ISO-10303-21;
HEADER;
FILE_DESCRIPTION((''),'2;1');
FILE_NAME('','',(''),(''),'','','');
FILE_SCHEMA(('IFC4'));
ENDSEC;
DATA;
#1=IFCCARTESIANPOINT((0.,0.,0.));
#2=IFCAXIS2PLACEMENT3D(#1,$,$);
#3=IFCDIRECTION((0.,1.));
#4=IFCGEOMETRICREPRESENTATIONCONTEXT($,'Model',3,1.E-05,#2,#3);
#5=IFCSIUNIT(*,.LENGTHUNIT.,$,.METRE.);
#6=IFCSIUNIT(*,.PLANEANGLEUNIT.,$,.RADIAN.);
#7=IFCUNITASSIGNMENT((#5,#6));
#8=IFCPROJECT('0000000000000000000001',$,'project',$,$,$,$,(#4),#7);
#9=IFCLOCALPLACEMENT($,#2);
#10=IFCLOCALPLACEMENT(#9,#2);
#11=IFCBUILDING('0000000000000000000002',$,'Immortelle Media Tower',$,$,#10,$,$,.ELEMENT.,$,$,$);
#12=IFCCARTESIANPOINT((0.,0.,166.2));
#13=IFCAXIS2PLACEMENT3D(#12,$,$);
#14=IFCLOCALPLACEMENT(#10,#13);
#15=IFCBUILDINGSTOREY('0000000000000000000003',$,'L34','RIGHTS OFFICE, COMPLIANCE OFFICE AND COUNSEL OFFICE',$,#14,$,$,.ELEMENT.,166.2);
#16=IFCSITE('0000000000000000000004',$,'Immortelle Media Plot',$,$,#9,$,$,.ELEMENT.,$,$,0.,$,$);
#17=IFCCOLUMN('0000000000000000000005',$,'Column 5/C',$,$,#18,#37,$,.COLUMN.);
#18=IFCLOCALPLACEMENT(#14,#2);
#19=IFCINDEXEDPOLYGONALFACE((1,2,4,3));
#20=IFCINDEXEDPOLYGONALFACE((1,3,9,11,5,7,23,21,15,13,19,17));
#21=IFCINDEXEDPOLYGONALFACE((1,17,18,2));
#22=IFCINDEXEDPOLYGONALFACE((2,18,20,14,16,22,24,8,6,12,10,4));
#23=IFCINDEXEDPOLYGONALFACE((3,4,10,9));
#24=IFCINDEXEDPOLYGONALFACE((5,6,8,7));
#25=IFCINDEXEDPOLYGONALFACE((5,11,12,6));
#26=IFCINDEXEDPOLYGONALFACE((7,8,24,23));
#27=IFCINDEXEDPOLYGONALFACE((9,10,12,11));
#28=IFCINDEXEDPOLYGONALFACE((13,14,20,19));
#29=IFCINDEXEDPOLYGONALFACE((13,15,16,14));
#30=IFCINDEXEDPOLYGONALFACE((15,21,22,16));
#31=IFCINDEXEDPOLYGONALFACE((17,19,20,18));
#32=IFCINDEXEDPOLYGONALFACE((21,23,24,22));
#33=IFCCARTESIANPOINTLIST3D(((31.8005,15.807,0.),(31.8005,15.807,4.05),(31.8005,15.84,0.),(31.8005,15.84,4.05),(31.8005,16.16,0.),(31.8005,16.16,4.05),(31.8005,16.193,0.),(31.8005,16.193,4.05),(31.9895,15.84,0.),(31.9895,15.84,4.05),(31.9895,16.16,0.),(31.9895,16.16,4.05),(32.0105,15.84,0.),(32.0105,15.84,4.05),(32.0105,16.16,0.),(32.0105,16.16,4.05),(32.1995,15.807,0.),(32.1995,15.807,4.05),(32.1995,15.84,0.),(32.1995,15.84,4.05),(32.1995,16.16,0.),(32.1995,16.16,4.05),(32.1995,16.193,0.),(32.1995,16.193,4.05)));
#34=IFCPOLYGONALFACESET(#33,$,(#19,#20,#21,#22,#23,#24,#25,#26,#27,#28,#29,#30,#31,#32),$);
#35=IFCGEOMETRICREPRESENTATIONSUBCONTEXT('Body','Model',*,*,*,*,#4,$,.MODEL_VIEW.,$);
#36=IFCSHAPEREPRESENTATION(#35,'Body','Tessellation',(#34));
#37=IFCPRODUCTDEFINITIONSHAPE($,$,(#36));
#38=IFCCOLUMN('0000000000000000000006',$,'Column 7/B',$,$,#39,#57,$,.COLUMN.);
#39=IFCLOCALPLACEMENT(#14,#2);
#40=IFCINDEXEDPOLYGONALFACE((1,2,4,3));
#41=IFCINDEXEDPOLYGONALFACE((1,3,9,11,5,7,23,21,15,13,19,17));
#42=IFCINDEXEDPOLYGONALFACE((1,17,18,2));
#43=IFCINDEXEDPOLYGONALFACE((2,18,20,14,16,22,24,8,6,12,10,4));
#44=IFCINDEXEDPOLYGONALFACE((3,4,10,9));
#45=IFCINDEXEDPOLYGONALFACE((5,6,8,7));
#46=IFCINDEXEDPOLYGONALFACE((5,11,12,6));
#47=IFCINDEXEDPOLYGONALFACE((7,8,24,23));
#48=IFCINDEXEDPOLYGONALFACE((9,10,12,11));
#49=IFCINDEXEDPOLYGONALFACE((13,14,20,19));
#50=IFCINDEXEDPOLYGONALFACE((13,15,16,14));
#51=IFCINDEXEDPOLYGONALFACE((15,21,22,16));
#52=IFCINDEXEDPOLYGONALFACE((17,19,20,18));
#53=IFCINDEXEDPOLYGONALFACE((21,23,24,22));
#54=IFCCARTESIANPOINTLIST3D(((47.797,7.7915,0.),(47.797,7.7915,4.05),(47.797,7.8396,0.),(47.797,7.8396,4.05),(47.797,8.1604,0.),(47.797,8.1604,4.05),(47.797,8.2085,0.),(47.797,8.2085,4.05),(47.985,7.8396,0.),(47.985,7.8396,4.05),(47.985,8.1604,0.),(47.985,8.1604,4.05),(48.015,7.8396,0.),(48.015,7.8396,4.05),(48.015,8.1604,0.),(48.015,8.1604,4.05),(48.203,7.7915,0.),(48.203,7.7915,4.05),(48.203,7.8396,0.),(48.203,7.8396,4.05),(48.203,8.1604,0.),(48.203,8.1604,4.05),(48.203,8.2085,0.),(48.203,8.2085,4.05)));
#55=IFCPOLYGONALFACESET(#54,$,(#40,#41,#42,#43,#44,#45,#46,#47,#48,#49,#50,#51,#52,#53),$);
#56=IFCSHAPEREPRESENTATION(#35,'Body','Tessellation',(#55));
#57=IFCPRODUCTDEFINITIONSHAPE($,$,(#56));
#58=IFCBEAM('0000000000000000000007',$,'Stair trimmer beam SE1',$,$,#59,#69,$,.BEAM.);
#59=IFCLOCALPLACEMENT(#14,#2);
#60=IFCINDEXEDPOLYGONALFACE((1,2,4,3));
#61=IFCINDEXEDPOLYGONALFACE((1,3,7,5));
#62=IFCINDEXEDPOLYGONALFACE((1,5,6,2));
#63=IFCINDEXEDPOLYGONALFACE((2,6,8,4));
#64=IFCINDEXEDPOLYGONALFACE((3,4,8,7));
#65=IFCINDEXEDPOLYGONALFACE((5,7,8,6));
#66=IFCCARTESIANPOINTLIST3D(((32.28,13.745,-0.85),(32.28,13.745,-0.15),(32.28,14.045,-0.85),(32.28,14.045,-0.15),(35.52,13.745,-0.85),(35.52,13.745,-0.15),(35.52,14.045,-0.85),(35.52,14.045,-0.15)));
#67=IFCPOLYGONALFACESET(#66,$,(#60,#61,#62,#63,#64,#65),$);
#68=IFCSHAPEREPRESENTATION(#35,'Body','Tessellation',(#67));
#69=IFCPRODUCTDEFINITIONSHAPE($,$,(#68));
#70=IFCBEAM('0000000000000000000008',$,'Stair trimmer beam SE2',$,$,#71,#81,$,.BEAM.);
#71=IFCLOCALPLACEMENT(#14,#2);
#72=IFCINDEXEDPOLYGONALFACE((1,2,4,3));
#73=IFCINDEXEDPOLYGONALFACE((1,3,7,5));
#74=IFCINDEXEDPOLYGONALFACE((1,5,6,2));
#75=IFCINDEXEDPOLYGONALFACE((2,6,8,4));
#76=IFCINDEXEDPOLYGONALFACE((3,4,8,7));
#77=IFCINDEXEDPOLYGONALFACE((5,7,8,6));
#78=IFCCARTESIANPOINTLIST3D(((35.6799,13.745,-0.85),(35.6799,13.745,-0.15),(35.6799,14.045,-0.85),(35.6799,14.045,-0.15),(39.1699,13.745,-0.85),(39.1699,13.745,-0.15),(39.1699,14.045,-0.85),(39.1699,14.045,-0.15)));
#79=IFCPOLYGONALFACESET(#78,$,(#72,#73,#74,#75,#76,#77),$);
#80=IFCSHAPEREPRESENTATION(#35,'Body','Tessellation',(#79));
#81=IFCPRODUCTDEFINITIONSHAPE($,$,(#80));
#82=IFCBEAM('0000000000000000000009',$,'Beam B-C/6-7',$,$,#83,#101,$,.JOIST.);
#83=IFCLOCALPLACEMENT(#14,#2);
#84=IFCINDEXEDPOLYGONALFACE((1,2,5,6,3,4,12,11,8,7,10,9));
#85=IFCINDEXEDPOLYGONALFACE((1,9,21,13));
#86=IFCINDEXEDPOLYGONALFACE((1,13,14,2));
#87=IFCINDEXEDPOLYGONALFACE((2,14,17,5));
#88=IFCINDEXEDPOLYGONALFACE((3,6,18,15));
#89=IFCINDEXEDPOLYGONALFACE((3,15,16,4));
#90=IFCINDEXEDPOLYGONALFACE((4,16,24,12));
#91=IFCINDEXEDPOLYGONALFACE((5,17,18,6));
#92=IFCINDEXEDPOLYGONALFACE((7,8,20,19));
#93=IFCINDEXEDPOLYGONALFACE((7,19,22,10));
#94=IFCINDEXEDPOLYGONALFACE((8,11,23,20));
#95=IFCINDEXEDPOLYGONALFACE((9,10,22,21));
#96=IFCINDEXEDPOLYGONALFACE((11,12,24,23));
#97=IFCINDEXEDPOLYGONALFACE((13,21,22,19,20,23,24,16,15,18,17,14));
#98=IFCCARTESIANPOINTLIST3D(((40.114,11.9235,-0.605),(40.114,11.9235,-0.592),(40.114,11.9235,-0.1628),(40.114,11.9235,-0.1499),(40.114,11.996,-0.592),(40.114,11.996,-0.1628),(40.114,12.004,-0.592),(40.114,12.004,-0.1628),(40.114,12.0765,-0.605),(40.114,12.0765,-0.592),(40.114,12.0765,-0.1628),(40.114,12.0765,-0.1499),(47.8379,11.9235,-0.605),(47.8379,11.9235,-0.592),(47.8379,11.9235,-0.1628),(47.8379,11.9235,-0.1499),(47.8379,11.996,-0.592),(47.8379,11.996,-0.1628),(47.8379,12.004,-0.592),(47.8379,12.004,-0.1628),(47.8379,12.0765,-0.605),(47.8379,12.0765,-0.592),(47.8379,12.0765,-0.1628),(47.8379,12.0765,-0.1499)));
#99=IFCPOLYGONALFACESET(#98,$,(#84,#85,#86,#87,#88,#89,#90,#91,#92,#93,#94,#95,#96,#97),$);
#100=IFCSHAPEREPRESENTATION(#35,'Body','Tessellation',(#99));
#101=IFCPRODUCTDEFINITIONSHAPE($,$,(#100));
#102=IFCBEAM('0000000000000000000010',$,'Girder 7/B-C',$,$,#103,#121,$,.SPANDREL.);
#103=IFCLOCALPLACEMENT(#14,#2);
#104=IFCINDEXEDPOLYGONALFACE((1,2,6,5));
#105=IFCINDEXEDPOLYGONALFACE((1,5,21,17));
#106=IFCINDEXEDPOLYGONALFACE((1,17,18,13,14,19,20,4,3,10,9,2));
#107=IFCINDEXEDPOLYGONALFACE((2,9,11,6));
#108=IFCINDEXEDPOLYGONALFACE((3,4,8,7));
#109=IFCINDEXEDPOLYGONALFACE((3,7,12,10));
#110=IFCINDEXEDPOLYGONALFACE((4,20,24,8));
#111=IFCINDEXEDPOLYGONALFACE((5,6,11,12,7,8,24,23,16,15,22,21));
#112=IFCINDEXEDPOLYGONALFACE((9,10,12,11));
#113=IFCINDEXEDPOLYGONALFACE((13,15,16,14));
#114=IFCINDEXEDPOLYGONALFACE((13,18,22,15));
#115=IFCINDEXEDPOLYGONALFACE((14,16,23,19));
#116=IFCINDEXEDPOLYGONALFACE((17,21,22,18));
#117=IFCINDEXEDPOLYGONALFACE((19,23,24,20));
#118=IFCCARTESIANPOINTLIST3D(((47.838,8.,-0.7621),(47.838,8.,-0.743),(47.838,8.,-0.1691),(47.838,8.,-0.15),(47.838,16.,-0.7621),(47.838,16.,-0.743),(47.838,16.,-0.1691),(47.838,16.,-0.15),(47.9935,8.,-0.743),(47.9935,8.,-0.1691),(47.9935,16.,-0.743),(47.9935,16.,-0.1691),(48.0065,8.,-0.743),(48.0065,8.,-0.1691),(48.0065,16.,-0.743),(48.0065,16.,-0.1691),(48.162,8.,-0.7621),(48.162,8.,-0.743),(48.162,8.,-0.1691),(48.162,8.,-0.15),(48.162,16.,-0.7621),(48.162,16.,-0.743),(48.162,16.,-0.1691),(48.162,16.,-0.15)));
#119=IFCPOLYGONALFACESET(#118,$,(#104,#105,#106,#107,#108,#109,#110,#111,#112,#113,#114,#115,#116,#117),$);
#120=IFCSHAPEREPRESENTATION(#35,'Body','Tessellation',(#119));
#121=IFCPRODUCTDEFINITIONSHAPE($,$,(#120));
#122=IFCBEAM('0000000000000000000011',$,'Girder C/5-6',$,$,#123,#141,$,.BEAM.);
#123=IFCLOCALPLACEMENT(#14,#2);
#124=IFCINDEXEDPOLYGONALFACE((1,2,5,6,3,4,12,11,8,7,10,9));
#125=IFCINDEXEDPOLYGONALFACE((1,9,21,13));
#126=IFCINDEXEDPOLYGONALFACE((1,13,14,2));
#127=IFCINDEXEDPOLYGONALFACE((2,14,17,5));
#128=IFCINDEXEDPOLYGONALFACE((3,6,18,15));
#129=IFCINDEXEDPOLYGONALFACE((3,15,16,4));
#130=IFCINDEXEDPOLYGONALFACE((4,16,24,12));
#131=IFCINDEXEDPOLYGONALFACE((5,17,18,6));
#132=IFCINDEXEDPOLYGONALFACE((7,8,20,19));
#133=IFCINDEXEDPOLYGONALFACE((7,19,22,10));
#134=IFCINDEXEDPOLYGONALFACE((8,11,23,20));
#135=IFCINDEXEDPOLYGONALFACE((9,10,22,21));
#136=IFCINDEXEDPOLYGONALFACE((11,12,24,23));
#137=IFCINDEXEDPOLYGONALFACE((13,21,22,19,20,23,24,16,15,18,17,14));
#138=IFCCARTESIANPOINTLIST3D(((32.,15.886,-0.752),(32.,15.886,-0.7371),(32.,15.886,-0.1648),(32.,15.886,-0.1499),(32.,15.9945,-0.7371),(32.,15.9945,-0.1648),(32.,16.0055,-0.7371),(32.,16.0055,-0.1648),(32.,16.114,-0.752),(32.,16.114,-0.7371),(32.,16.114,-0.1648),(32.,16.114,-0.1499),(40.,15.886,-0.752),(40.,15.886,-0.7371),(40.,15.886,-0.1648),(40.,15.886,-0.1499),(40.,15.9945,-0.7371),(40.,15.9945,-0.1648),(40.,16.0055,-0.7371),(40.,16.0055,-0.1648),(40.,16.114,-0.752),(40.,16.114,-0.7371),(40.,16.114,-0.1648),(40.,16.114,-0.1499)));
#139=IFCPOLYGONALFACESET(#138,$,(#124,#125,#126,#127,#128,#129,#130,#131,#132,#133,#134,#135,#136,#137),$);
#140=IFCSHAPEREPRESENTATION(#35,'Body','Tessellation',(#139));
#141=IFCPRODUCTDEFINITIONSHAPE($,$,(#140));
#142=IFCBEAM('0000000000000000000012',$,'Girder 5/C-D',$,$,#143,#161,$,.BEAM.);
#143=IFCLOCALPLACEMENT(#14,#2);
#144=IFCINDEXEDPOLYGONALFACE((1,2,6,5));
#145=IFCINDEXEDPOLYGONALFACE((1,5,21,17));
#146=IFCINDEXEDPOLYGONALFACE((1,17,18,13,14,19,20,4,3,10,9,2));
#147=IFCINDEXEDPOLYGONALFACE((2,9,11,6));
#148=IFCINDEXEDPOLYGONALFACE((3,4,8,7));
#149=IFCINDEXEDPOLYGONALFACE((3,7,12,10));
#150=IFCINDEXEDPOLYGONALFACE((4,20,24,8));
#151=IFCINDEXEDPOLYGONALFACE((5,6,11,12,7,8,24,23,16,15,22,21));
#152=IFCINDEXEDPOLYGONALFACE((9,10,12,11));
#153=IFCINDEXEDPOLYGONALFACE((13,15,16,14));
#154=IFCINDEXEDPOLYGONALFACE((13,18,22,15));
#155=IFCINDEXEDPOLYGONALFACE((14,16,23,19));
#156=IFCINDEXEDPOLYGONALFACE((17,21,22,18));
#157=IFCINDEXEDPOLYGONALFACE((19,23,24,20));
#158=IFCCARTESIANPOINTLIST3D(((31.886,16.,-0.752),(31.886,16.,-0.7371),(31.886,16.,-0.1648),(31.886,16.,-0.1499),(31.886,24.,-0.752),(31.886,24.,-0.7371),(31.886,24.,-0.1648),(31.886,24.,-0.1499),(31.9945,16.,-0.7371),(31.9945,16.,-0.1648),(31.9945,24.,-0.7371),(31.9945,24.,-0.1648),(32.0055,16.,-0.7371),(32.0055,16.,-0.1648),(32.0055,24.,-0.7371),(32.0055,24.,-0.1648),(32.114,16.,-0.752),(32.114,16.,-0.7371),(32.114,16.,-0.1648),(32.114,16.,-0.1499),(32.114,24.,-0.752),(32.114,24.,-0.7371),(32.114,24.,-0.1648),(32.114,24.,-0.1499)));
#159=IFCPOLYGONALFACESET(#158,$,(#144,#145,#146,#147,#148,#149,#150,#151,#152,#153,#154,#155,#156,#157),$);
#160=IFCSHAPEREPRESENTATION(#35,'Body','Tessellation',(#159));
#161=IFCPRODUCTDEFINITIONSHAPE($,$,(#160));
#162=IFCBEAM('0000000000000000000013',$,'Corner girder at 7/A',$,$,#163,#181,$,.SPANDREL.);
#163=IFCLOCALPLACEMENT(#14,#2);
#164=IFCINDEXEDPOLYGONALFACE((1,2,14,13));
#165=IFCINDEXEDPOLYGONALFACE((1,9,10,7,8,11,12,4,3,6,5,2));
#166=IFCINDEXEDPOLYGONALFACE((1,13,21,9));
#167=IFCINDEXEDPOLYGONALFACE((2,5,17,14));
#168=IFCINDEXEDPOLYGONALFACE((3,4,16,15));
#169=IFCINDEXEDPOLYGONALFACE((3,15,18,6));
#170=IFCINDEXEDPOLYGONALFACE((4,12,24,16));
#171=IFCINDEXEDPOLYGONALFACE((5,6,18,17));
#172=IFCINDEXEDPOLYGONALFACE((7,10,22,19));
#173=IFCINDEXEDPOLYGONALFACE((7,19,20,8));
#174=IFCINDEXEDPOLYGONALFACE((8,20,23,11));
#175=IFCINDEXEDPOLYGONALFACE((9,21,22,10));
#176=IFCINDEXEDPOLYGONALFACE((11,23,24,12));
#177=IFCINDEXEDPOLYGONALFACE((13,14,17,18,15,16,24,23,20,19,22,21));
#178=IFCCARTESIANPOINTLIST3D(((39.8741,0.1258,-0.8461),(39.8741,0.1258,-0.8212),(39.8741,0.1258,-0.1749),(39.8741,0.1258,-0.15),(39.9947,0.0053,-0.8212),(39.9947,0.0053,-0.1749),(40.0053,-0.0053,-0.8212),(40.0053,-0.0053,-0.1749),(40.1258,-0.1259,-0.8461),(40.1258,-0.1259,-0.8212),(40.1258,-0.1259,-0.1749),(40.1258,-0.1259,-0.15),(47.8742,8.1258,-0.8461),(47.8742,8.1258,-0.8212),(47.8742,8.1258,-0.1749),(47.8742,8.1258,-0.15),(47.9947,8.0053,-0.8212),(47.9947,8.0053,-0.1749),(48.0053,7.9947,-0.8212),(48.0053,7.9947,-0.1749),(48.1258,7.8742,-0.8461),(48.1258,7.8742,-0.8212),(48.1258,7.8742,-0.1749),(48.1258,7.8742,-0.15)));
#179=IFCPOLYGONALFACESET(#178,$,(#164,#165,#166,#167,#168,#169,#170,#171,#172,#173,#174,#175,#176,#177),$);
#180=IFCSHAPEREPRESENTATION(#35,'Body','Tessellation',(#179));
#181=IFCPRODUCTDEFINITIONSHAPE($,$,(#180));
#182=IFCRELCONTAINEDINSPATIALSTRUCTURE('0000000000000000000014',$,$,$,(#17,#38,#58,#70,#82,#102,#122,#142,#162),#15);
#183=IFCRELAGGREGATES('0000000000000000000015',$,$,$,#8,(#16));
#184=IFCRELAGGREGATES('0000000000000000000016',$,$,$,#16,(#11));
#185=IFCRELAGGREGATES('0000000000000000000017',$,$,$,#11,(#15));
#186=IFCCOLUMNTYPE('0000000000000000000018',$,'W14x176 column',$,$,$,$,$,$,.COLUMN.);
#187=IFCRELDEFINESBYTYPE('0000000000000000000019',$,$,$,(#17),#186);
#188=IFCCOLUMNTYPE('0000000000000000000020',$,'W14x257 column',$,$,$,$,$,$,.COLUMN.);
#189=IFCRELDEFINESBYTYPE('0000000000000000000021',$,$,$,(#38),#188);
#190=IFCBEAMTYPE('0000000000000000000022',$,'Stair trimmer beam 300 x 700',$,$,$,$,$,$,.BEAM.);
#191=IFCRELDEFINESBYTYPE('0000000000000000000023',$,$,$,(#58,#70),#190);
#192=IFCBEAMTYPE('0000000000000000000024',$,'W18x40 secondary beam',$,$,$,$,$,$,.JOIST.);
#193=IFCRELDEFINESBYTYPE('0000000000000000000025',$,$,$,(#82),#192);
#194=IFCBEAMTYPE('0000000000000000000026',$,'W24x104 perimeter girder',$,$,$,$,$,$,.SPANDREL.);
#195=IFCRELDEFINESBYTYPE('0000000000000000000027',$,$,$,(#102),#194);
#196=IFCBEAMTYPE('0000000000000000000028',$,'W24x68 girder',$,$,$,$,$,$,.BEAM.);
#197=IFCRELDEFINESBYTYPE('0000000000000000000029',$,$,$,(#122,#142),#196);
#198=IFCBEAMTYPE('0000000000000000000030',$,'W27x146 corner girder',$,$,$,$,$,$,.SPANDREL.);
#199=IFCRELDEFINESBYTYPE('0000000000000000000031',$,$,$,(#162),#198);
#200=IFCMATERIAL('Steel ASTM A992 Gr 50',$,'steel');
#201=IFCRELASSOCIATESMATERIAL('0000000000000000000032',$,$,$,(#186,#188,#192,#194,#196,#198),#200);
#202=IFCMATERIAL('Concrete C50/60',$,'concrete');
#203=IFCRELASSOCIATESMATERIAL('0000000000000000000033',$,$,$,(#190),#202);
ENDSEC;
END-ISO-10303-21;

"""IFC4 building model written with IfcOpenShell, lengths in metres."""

from ifc_helpers import new_model, si_unit, direction, frame, origin, origin_2d, place, context, subcontext, project, spatial, rectangle, i_section, extrude, material, material_profile, profile_set, type_object, element, save


model = new_model("IFC4")

# Units and contexts
model_context = context("Model", 3, precision=1e-05, world=origin(), true_north=direction((0.0, 1.0)))
body_context = subcontext(model_context, "Body", "Model", "MODEL_VIEW")
ifc_project = project(units=[si_unit("LENGTHUNIT", "METRE"), si_unit("PLANEANGLEUNIT", "RADIAN")], contexts=[model_context])

# Site, building, storey
site_placement = place(None, origin())
site = spatial("IfcSite", under=ifc_project, at=site_placement, Name="Immortelle Media Plot", CompositionType="ELEMENT", RefElevation=0.0)
building_placement = place(site_placement, origin())
building = spatial("IfcBuilding", under=site, at=building_placement, Name="Immortelle Media Tower", CompositionType="ELEMENT")
storey_placement = place(building_placement, frame((0.0, 0.0, 166.2)))
storey = spatial("IfcBuildingStorey", under=building, at=storey_placement, Name="L34", Description="RIGHTS OFFICE, COMPLIANCE OFFICE AND COUNSEL OFFICE", CompositionType="ELEMENT", Elevation=166.2)

# Columns
ifc_material_1 = material(Name="Steel ASTM A992 Gr 50", Category="steel")
ifc_material_profile_1 = material_profile(ifc_material_1, i_section(OverallWidth=0.3989, OverallDepth=0.386, WebThickness=0.021, FlangeThickness=0.033, at=origin_2d()), Name="W14x176")
ifc_profile_set_1 = profile_set([ifc_material_profile_1], Name="Steel ASTM A992 Gr 50")
column_type_1 = type_object("IfcColumnType", Name="W14x176 column", PredefinedType="COLUMN", material=ifc_profile_set_1)
column_1_placement = place(storey_placement, frame((32.0, 16.0, 0.0), z_axis=(0.0, 0.0, 1.0), x_axis=(1.0, 0.0, 0.0)))
element("IfcColumn", 1, at=column_1_placement, inside=storey, type_object=column_type_1, Name="Column 5/C", PredefinedType="COLUMN", context=body_context, shape_type="SweptSolid", body=[
    extrude(i_section(OverallWidth=0.3989, OverallDepth=0.386, WebThickness=0.021, FlangeThickness=0.033, at=origin_2d()), origin(), (0.0, 0.0, 1.0), 4.05),
])
ifc_material_profile_2 = material_profile(ifc_material_1, i_section(OverallWidth=0.406, OverallDepth=0.417, WebThickness=0.03, FlangeThickness=0.0481, at=origin_2d()), Name="W14x257")
ifc_profile_set_2 = profile_set([ifc_material_profile_2], Name="Steel ASTM A992 Gr 50")
column_type_2 = type_object("IfcColumnType", Name="W14x257 column", PredefinedType="COLUMN", material=ifc_profile_set_2)
column_2_placement = place(storey_placement, frame((48.0, 8.0, 0.0), z_axis=(0.0, 0.0, 1.0), x_axis=(1.0, 0.0, 0.0)))
element("IfcColumn", 2, at=column_2_placement, inside=storey, type_object=column_type_2, Name="Column 7/B", PredefinedType="COLUMN", context=body_context, shape_type="SweptSolid", body=[
    extrude(i_section(OverallWidth=0.406, OverallDepth=0.417, WebThickness=0.03, FlangeThickness=0.0481, at=origin_2d()), origin(), (0.0, 0.0, 1.0), 4.05),
])

# Beams
ifc_material_2 = material(Name="Concrete C50/60", Category="concrete")
ifc_material_profile_3 = material_profile(ifc_material_2, rectangle(XDim=0.3, YDim=0.7, at=origin_2d()), Name="RC 300x700")
ifc_profile_set_3 = profile_set([ifc_material_profile_3], Name="Concrete C50/60")
beam_type_1 = type_object("IfcBeamType", Name="Stair trimmer beam 300 x 700", PredefinedType="BEAM", material=ifc_profile_set_3)
beam_1_placement = place(storey_placement, frame((32.28, 13.895, -0.5), z_axis=(1.0, 0.0, 0.0), x_axis=(0.0, 1.0, 0.0)))
element("IfcBeam", 3, at=beam_1_placement, inside=storey, type_object=beam_type_1, Name="Stair trimmer beam SE1", PredefinedType="BEAM", context=body_context, shape_type="SweptSolid", body=[
    extrude(rectangle(XDim=0.3, YDim=0.7, at=origin_2d()), origin(), (0.0, 0.0, 1.0), 3.24),
])
beam_2_placement = place(storey_placement, frame((35.6799, 13.895, -0.5), z_axis=(1.0, 0.0, 0.0), x_axis=(0.0, 1.0, 0.0)))
element("IfcBeam", 4, at=beam_2_placement, inside=storey, type_object=beam_type_1, Name="Stair trimmer beam SE2", PredefinedType="BEAM", context=body_context, shape_type="SweptSolid", body=[
    extrude(rectangle(XDim=0.3, YDim=0.7, at=origin_2d()), origin(), (0.0, 0.0, 1.0), 3.49),
])
ifc_material_profile_4 = material_profile(ifc_material_1, i_section(OverallWidth=0.1531, OverallDepth=0.4551, WebThickness=0.0081, FlangeThickness=0.0129, at=origin_2d()), Name="W18x40")
ifc_profile_set_4 = profile_set([ifc_material_profile_4], Name="Steel ASTM A992 Gr 50")
beam_type_2 = type_object("IfcBeamType", Name="W18x40 secondary beam", PredefinedType="JOIST", material=ifc_profile_set_4)
beam_3_placement = place(storey_placement, frame((40.114, 12.0, -0.3774), z_axis=(1.0, 0.0, 0.0), x_axis=(0.0, 1.0, 0.0)))
element("IfcBeam", 5, at=beam_3_placement, inside=storey, type_object=beam_type_2, Name="Beam B-C/6-7", PredefinedType="JOIST", context=body_context, shape_type="SweptSolid", body=[
    extrude(i_section(OverallWidth=0.1531, OverallDepth=0.4551, WebThickness=0.0081, FlangeThickness=0.0129, at=origin_2d()), origin(), (0.0, 0.0, 1.0), 7.7239),
])
ifc_material_profile_5 = material_profile(ifc_material_1, i_section(OverallWidth=0.324, OverallDepth=0.6121, WebThickness=0.0129, FlangeThickness=0.019, at=origin_2d()), Name="W24x104")
ifc_profile_set_5 = profile_set([ifc_material_profile_5], Name="Steel ASTM A992 Gr 50")
beam_type_3 = type_object("IfcBeamType", Name="W24x104 perimeter girder", PredefinedType="SPANDREL", material=ifc_profile_set_5)
beam_4_placement = place(storey_placement, frame((48.0, 8.0, -0.4561), z_axis=(0.0, 1.0, 0.0), x_axis=(-1.0, 0.0, 0.0)))
element("IfcBeam", 6, at=beam_4_placement, inside=storey, type_object=beam_type_3, Name="Girder 7/B-C", PredefinedType="SPANDREL", context=body_context, shape_type="SweptSolid", body=[
    extrude(i_section(OverallWidth=0.324, OverallDepth=0.6121, WebThickness=0.0129, FlangeThickness=0.019, at=origin_2d()), origin(), (0.0, 0.0, 1.0), 8.0),
])
ifc_material_profile_6 = material_profile(ifc_material_1, i_section(OverallWidth=0.228, OverallDepth=0.6021, WebThickness=0.011, FlangeThickness=0.0149, at=origin_2d()), Name="W24x68")
ifc_profile_set_6 = profile_set([ifc_material_profile_6], Name="Steel ASTM A992 Gr 50")
beam_type_4 = type_object("IfcBeamType", Name="W24x68 girder", PredefinedType="BEAM", material=ifc_profile_set_6)
for number, where, z_axis, x_axis, name in (
    (7, (32.0, 16.0, -0.4509), (1.0, 0.0, 0.0), (0.0, 1.0, 0.0), "Girder C/5-6"),
    (8, (32.0, 16.0, -0.4509), (0.0, 1.0, 0.0), (-1.0, 0.0, 0.0), "Girder 5/C-D"),
):
    element("IfcBeam", number, at=place(storey_placement, frame(where, z_axis=z_axis, x_axis=x_axis)), inside=storey, type_object=beam_type_4, Name=name, PredefinedType="BEAM", context=body_context, shape_type="SweptSolid", body=[
        extrude(i_section(OverallWidth=0.228, OverallDepth=0.6021, WebThickness=0.011, FlangeThickness=0.0149, at=origin_2d()), origin(), (0.0, 0.0, 1.0), 8.0),
    ])
ifc_material_profile_7 = material_profile(ifc_material_1, i_section(OverallWidth=0.356, OverallDepth=0.696, WebThickness=0.0149, FlangeThickness=0.0249, at=origin_2d()), Name="W27x146")
ifc_profile_set_7 = profile_set([ifc_material_profile_7], Name="Steel ASTM A992 Gr 50")
beam_type_5 = type_object("IfcBeamType", Name="W27x146 corner girder", PredefinedType="SPANDREL", material=ifc_profile_set_7)
beam_5_placement = place(storey_placement, frame((48.0, 8.0, -0.498), z_axis=(-0.707107, -0.707107, 0.0), x_axis=(0.707107, -0.707107, 0.0)))
element("IfcBeam", 9, at=beam_5_placement, inside=storey, type_object=beam_type_5, Name="Corner girder at 7/A", PredefinedType="SPANDREL", context=body_context, shape_type="SweptSolid", body=[
    extrude(i_section(OverallWidth=0.356, OverallDepth=0.696, WebThickness=0.0149, FlangeThickness=0.0249, at=origin_2d()), origin(), (0.0, 0.0, 1.0), 11.3137),
])

save(model, "model.ifc")
